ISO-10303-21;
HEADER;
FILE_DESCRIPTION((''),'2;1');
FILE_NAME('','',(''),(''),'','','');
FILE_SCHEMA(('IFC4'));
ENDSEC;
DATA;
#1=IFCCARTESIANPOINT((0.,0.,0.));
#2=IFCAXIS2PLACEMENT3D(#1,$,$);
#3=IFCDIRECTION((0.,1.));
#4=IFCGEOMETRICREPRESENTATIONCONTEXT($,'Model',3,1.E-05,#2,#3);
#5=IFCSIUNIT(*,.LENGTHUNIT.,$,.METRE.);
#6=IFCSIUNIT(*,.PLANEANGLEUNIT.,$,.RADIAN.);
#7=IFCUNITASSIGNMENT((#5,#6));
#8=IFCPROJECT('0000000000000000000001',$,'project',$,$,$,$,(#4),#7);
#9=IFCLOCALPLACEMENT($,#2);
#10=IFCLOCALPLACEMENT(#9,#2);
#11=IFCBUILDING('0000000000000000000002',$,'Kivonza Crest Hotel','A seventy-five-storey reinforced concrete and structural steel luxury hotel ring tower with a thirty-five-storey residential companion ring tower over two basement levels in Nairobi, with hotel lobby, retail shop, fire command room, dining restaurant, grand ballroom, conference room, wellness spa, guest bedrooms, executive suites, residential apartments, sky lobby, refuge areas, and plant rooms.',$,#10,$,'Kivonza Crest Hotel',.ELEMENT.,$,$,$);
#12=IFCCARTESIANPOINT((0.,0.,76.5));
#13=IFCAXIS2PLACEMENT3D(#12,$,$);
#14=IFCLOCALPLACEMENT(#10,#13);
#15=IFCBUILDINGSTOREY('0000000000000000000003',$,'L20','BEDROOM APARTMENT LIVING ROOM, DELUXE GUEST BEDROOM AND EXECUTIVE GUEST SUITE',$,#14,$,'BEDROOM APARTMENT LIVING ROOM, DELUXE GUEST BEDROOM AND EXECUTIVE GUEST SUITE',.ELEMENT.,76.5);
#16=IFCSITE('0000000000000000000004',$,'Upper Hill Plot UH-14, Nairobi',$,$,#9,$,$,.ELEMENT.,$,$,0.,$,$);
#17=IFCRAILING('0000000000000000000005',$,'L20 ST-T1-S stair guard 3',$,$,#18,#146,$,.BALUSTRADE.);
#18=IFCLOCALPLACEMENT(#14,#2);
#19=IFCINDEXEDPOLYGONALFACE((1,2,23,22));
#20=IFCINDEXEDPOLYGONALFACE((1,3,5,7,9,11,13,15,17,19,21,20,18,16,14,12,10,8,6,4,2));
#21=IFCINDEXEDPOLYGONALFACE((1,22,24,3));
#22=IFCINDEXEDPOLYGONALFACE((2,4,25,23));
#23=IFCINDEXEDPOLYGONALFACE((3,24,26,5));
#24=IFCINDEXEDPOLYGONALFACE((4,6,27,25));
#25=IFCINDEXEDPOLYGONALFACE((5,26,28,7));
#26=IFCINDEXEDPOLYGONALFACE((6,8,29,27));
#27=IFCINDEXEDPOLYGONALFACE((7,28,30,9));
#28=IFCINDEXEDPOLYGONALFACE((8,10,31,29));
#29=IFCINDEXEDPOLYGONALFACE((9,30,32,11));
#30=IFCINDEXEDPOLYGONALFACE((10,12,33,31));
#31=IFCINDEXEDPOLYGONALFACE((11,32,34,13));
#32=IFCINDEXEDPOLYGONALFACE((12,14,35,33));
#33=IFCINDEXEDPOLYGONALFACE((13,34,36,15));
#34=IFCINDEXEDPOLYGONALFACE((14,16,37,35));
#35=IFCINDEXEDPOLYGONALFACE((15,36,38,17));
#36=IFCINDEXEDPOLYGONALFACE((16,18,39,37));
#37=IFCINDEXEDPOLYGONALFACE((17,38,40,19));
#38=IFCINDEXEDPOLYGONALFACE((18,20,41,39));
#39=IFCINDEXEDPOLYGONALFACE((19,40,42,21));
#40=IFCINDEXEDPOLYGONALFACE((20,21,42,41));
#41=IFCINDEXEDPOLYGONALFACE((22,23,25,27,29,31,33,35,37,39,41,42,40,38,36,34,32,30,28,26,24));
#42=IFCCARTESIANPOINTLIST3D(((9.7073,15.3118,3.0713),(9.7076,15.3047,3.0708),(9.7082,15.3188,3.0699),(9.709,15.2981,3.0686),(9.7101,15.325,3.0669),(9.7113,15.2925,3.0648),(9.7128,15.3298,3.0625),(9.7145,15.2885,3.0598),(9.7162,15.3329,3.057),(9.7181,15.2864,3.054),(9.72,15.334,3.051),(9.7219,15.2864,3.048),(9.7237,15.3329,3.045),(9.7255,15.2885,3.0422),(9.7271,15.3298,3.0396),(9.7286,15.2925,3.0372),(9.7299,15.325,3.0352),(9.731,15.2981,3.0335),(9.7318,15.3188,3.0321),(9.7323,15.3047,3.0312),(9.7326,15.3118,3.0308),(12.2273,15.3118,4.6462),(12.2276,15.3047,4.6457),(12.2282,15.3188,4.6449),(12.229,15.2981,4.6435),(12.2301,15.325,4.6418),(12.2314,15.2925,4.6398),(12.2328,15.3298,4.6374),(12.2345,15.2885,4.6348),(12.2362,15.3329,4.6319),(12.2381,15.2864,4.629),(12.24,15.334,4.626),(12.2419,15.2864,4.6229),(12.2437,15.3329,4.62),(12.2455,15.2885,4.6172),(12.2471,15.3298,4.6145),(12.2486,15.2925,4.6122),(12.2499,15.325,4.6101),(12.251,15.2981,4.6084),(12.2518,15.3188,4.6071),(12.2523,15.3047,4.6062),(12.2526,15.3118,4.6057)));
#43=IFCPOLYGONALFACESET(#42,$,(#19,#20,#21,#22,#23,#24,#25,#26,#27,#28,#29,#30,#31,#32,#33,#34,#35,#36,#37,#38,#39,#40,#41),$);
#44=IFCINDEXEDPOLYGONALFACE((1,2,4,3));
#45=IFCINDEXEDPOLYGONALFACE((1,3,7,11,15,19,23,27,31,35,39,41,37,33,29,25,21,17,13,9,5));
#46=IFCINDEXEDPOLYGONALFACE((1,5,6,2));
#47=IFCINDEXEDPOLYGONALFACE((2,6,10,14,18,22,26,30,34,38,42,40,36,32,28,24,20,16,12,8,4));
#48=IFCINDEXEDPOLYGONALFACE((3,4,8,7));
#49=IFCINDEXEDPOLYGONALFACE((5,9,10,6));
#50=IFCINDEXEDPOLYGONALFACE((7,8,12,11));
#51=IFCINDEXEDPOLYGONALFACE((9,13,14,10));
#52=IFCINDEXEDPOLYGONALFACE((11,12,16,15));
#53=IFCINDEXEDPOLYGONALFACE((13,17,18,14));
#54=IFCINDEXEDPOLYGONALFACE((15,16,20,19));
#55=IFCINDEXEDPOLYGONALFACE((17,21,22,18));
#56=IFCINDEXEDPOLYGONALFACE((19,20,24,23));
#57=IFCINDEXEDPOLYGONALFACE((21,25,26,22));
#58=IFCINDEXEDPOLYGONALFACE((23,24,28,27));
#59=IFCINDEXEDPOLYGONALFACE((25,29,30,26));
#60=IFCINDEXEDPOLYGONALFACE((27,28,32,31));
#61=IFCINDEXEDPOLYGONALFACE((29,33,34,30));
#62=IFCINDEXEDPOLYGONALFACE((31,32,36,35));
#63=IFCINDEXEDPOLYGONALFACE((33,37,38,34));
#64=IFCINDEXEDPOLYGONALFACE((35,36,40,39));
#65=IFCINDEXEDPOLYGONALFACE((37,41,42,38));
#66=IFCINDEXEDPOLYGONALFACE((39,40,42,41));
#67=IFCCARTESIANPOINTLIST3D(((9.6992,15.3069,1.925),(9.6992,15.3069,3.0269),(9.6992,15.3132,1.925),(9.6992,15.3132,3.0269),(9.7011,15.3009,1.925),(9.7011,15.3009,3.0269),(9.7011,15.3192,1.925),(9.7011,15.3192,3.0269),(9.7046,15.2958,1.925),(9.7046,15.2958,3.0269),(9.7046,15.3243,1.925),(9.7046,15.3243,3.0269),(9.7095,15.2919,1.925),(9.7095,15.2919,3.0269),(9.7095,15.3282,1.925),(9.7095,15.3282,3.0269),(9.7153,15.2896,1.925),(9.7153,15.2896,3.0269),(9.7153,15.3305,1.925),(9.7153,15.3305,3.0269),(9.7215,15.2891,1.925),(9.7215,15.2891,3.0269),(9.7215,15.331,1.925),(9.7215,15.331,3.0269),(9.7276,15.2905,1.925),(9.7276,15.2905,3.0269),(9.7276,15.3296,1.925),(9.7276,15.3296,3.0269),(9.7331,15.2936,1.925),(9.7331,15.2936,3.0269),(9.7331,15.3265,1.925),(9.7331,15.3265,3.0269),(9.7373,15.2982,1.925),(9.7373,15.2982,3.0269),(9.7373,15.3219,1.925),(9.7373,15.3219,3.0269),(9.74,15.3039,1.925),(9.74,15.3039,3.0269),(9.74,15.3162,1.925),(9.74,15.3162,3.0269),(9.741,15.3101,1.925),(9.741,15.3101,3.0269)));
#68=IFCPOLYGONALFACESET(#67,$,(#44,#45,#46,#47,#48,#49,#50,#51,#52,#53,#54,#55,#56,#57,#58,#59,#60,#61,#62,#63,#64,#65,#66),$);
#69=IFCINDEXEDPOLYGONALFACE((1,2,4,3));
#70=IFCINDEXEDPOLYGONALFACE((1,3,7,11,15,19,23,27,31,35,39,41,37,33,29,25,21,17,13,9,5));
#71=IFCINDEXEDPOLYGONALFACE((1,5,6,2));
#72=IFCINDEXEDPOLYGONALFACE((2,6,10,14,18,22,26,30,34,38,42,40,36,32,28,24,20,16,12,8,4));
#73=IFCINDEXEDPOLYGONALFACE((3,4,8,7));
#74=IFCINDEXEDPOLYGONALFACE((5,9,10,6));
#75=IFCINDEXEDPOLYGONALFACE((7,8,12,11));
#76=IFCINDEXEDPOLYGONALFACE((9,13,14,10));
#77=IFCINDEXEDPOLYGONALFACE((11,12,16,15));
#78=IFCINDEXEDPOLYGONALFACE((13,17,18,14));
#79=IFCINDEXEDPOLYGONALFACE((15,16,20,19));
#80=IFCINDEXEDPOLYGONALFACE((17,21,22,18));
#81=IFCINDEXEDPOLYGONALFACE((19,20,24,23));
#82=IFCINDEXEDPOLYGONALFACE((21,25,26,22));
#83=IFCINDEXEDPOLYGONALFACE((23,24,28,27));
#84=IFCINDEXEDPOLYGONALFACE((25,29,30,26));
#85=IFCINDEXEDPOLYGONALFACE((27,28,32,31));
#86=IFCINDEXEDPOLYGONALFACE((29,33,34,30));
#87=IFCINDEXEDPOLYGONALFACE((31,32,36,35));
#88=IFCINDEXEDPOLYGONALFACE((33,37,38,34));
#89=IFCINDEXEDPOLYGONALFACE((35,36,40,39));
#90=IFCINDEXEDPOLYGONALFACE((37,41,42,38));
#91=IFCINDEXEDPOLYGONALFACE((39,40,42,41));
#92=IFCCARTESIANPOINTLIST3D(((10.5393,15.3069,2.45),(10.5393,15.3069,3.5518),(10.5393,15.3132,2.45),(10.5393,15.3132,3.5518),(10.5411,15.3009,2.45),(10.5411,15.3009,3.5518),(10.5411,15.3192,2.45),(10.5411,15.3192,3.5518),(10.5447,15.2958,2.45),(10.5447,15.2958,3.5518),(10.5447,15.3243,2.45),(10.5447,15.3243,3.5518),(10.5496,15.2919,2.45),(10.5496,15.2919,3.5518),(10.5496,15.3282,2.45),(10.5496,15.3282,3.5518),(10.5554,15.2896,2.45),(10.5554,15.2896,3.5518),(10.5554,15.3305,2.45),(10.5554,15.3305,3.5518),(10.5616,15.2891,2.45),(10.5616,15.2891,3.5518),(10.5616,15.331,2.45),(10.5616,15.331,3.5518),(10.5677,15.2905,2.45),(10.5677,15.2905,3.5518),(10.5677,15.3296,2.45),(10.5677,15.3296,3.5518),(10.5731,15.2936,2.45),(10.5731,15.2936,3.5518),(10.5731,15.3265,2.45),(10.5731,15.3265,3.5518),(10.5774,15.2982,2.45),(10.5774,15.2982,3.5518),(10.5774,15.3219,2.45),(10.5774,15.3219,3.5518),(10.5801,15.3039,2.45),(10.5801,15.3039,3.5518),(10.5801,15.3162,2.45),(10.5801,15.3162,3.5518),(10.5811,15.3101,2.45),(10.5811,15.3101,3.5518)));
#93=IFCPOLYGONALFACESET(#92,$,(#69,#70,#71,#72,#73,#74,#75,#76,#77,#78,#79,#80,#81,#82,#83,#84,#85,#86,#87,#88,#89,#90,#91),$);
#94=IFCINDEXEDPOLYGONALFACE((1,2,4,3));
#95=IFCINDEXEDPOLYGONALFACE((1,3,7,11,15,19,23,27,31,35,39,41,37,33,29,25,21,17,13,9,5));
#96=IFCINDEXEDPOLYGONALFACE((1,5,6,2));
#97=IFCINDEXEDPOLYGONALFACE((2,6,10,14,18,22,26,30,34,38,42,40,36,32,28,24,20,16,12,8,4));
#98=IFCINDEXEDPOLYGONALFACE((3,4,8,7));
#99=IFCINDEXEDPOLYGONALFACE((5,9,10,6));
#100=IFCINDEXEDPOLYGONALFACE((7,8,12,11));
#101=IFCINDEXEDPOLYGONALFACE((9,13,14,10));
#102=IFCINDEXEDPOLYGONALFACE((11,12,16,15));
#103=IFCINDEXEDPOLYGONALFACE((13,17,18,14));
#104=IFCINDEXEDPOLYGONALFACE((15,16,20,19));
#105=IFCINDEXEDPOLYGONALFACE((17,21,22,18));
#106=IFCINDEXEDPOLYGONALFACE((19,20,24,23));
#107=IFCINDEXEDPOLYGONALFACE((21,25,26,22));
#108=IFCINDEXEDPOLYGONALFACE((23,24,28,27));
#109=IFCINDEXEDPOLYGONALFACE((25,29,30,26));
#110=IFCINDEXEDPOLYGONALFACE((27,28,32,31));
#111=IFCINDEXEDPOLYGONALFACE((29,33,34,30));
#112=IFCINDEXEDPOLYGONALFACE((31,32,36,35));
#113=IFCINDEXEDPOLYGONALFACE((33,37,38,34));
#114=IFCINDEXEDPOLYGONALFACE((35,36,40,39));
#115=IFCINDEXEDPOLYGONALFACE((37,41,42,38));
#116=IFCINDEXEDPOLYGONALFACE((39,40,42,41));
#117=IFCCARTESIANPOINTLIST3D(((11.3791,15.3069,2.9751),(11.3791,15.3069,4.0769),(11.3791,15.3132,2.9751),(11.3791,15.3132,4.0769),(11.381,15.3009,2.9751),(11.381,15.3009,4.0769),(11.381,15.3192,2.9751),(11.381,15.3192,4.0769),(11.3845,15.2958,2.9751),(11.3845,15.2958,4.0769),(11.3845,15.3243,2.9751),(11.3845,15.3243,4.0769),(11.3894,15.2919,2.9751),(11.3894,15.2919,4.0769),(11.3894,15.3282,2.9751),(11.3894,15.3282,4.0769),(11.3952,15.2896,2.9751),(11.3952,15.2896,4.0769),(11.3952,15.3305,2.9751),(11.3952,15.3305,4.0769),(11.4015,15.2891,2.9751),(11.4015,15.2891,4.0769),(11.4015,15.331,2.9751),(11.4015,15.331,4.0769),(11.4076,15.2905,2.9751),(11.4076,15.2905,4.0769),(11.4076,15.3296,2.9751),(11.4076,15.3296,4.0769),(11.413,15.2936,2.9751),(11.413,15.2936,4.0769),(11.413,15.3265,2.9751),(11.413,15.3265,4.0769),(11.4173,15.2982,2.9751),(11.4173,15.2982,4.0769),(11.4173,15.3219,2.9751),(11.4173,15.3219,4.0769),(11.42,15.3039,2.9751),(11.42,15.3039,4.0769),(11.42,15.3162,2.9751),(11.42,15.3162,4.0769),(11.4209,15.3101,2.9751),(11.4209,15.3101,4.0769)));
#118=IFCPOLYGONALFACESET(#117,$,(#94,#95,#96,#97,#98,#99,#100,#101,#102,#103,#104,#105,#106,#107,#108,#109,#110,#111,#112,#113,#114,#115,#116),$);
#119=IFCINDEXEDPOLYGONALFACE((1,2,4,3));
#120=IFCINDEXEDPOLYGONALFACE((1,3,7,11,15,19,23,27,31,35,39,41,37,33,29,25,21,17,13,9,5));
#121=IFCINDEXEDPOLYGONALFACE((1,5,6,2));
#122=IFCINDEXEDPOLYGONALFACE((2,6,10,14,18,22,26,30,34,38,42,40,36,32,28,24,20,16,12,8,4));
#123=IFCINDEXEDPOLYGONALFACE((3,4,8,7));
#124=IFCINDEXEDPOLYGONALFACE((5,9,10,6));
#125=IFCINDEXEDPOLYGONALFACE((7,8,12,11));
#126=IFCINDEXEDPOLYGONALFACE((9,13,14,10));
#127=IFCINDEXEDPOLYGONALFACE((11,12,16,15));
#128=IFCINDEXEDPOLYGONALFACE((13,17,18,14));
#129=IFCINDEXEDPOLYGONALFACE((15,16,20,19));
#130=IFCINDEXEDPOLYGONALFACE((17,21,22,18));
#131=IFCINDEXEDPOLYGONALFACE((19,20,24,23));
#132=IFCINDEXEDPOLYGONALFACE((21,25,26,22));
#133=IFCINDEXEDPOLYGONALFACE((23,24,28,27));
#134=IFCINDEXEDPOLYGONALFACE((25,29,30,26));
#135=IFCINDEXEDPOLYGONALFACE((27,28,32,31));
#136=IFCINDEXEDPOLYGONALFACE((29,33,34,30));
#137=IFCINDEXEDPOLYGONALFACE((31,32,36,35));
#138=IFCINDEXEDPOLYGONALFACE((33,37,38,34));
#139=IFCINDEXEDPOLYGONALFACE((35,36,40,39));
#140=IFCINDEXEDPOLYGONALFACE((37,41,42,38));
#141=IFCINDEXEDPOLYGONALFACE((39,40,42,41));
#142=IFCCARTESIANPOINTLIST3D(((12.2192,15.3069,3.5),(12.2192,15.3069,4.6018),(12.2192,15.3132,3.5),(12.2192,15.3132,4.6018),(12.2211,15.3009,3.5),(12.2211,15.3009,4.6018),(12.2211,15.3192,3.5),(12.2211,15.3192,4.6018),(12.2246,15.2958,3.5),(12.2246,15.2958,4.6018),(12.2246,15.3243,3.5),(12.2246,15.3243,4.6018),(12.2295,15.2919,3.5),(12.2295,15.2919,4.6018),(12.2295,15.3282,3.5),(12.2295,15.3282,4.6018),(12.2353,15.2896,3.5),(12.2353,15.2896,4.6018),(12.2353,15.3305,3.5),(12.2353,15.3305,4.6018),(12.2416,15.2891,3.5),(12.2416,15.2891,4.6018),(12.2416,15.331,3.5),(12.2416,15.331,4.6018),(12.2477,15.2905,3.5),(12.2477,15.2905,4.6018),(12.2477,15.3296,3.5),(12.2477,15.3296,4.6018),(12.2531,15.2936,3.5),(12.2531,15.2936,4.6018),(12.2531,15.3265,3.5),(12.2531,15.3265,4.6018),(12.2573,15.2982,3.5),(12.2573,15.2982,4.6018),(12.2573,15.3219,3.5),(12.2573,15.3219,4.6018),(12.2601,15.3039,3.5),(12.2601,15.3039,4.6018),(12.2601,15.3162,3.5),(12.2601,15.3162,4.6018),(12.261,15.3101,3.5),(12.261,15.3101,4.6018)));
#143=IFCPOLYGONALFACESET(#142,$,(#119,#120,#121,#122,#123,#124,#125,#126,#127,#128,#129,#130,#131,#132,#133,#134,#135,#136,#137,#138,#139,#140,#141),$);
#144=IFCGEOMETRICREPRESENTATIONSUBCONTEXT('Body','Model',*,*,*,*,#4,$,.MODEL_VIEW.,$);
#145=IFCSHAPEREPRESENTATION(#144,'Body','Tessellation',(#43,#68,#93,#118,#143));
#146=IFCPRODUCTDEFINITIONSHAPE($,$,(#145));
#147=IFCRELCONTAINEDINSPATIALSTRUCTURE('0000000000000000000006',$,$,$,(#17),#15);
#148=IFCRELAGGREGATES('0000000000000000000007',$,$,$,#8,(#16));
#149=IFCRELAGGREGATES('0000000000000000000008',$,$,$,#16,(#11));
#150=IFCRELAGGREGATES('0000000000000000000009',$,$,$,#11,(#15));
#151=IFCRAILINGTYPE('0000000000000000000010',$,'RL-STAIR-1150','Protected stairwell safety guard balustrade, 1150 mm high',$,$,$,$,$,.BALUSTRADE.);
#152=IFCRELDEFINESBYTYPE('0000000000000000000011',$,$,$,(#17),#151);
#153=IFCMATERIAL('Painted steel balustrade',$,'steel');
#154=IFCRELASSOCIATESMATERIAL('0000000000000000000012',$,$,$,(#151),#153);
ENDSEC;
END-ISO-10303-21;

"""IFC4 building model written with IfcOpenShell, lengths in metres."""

from ifc_helpers import new_model, si_unit, direction, frame, origin, origin_2d, place, context, subcontext, project, spatial, circle, extrude, material, type_object, element, save


model = new_model("IFC4")

# Units and contexts
model_context = context("Model", 3, precision=1e-05, world=origin(), true_north=direction((0.0, 1.0)))
body_context = subcontext(model_context, "Body", "Model", "MODEL_VIEW")
ifc_project = project(units=[si_unit("LENGTHUNIT", "METRE"), si_unit("PLANEANGLEUNIT", "RADIAN")], contexts=[model_context])

# Site, building, storey
site_placement = place(None, origin())
site = spatial("IfcSite", under=ifc_project, at=site_placement, Name="Upper Hill Plot UH-14, Nairobi", CompositionType="ELEMENT", RefElevation=0.0)
building_placement = place(site_placement, origin())
building = spatial("IfcBuilding", under=site, at=building_placement, Name="Kivonza Crest Hotel", Description="A seventy-five-storey reinforced concrete and structural steel luxury hotel ring tower with a thirty-five-storey residential companion ring tower over two basement levels in Nairobi, with hotel lobby, retail shop, fire command room, dining restaurant, grand ballroom, conference room, wellness spa, guest bedrooms, executive suites, residential apartments, sky lobby, refuge areas, and plant rooms.", LongName="Kivonza Crest Hotel", CompositionType="ELEMENT")
storey_placement = place(building_placement, frame((0.0, 0.0, 76.5)))
storey = spatial("IfcBuildingStorey", under=building, at=storey_placement, Name="L20", Description="BEDROOM APARTMENT LIVING ROOM, DELUXE GUEST BEDROOM AND EXECUTIVE GUEST SUITE", LongName="BEDROOM APARTMENT LIVING ROOM, DELUXE GUEST BEDROOM AND EXECUTIVE GUEST SUITE", CompositionType="ELEMENT", Elevation=76.5)

# Railing
ifc_material_1 = material(Name="Painted steel balustrade", Category="steel")
railing_type_1 = type_object("IfcRailingType", Name="RL-STAIR-1150", Description="Protected stairwell safety guard balustrade, 1150 mm high", PredefinedType="BALUSTRADE", material=ifc_material_1)
railing_1_placement = place(storey_placement, frame((9.72, 15.3101, 1.925)))
element("IfcRailing", 1, at=railing_1_placement, inside=storey, type_object=railing_type_1, Name="L20 ST-T1-S stair guard 3", PredefinedType="BALUSTRADE", context=body_context, shape_type="SweptSolid", body=[
    extrude(circle(Radius=0.0239, at=origin_2d()), frame((0.0, 0.0, 1.126), z_axis=(0.848008, 0.0, 0.529984), x_axis=(0.0, 1.0, 0.0)), (0.0, 0.0, 1.0), 2.9717),
    extrude(circle(Radius=0.021, at=origin_2d()), origin(), (0.0, 0.0, 1.0), 1.1018),
    extrude(circle(Radius=0.021, at=origin_2d()), frame((0.8401, 0.0, 0.5249)), (0.0, 0.0, 1.0), 1.1018),
    extrude(circle(Radius=0.021, at=origin_2d()), frame((1.6799, 0.0, 1.05)), (0.0, 0.0, 1.0), 1.1018),
    extrude(circle(Radius=0.021, at=origin_2d()), frame((2.52, 0.0, 1.575)), (0.0, 0.0, 1.0), 1.1018),
])

save(model, "model.ifc")
